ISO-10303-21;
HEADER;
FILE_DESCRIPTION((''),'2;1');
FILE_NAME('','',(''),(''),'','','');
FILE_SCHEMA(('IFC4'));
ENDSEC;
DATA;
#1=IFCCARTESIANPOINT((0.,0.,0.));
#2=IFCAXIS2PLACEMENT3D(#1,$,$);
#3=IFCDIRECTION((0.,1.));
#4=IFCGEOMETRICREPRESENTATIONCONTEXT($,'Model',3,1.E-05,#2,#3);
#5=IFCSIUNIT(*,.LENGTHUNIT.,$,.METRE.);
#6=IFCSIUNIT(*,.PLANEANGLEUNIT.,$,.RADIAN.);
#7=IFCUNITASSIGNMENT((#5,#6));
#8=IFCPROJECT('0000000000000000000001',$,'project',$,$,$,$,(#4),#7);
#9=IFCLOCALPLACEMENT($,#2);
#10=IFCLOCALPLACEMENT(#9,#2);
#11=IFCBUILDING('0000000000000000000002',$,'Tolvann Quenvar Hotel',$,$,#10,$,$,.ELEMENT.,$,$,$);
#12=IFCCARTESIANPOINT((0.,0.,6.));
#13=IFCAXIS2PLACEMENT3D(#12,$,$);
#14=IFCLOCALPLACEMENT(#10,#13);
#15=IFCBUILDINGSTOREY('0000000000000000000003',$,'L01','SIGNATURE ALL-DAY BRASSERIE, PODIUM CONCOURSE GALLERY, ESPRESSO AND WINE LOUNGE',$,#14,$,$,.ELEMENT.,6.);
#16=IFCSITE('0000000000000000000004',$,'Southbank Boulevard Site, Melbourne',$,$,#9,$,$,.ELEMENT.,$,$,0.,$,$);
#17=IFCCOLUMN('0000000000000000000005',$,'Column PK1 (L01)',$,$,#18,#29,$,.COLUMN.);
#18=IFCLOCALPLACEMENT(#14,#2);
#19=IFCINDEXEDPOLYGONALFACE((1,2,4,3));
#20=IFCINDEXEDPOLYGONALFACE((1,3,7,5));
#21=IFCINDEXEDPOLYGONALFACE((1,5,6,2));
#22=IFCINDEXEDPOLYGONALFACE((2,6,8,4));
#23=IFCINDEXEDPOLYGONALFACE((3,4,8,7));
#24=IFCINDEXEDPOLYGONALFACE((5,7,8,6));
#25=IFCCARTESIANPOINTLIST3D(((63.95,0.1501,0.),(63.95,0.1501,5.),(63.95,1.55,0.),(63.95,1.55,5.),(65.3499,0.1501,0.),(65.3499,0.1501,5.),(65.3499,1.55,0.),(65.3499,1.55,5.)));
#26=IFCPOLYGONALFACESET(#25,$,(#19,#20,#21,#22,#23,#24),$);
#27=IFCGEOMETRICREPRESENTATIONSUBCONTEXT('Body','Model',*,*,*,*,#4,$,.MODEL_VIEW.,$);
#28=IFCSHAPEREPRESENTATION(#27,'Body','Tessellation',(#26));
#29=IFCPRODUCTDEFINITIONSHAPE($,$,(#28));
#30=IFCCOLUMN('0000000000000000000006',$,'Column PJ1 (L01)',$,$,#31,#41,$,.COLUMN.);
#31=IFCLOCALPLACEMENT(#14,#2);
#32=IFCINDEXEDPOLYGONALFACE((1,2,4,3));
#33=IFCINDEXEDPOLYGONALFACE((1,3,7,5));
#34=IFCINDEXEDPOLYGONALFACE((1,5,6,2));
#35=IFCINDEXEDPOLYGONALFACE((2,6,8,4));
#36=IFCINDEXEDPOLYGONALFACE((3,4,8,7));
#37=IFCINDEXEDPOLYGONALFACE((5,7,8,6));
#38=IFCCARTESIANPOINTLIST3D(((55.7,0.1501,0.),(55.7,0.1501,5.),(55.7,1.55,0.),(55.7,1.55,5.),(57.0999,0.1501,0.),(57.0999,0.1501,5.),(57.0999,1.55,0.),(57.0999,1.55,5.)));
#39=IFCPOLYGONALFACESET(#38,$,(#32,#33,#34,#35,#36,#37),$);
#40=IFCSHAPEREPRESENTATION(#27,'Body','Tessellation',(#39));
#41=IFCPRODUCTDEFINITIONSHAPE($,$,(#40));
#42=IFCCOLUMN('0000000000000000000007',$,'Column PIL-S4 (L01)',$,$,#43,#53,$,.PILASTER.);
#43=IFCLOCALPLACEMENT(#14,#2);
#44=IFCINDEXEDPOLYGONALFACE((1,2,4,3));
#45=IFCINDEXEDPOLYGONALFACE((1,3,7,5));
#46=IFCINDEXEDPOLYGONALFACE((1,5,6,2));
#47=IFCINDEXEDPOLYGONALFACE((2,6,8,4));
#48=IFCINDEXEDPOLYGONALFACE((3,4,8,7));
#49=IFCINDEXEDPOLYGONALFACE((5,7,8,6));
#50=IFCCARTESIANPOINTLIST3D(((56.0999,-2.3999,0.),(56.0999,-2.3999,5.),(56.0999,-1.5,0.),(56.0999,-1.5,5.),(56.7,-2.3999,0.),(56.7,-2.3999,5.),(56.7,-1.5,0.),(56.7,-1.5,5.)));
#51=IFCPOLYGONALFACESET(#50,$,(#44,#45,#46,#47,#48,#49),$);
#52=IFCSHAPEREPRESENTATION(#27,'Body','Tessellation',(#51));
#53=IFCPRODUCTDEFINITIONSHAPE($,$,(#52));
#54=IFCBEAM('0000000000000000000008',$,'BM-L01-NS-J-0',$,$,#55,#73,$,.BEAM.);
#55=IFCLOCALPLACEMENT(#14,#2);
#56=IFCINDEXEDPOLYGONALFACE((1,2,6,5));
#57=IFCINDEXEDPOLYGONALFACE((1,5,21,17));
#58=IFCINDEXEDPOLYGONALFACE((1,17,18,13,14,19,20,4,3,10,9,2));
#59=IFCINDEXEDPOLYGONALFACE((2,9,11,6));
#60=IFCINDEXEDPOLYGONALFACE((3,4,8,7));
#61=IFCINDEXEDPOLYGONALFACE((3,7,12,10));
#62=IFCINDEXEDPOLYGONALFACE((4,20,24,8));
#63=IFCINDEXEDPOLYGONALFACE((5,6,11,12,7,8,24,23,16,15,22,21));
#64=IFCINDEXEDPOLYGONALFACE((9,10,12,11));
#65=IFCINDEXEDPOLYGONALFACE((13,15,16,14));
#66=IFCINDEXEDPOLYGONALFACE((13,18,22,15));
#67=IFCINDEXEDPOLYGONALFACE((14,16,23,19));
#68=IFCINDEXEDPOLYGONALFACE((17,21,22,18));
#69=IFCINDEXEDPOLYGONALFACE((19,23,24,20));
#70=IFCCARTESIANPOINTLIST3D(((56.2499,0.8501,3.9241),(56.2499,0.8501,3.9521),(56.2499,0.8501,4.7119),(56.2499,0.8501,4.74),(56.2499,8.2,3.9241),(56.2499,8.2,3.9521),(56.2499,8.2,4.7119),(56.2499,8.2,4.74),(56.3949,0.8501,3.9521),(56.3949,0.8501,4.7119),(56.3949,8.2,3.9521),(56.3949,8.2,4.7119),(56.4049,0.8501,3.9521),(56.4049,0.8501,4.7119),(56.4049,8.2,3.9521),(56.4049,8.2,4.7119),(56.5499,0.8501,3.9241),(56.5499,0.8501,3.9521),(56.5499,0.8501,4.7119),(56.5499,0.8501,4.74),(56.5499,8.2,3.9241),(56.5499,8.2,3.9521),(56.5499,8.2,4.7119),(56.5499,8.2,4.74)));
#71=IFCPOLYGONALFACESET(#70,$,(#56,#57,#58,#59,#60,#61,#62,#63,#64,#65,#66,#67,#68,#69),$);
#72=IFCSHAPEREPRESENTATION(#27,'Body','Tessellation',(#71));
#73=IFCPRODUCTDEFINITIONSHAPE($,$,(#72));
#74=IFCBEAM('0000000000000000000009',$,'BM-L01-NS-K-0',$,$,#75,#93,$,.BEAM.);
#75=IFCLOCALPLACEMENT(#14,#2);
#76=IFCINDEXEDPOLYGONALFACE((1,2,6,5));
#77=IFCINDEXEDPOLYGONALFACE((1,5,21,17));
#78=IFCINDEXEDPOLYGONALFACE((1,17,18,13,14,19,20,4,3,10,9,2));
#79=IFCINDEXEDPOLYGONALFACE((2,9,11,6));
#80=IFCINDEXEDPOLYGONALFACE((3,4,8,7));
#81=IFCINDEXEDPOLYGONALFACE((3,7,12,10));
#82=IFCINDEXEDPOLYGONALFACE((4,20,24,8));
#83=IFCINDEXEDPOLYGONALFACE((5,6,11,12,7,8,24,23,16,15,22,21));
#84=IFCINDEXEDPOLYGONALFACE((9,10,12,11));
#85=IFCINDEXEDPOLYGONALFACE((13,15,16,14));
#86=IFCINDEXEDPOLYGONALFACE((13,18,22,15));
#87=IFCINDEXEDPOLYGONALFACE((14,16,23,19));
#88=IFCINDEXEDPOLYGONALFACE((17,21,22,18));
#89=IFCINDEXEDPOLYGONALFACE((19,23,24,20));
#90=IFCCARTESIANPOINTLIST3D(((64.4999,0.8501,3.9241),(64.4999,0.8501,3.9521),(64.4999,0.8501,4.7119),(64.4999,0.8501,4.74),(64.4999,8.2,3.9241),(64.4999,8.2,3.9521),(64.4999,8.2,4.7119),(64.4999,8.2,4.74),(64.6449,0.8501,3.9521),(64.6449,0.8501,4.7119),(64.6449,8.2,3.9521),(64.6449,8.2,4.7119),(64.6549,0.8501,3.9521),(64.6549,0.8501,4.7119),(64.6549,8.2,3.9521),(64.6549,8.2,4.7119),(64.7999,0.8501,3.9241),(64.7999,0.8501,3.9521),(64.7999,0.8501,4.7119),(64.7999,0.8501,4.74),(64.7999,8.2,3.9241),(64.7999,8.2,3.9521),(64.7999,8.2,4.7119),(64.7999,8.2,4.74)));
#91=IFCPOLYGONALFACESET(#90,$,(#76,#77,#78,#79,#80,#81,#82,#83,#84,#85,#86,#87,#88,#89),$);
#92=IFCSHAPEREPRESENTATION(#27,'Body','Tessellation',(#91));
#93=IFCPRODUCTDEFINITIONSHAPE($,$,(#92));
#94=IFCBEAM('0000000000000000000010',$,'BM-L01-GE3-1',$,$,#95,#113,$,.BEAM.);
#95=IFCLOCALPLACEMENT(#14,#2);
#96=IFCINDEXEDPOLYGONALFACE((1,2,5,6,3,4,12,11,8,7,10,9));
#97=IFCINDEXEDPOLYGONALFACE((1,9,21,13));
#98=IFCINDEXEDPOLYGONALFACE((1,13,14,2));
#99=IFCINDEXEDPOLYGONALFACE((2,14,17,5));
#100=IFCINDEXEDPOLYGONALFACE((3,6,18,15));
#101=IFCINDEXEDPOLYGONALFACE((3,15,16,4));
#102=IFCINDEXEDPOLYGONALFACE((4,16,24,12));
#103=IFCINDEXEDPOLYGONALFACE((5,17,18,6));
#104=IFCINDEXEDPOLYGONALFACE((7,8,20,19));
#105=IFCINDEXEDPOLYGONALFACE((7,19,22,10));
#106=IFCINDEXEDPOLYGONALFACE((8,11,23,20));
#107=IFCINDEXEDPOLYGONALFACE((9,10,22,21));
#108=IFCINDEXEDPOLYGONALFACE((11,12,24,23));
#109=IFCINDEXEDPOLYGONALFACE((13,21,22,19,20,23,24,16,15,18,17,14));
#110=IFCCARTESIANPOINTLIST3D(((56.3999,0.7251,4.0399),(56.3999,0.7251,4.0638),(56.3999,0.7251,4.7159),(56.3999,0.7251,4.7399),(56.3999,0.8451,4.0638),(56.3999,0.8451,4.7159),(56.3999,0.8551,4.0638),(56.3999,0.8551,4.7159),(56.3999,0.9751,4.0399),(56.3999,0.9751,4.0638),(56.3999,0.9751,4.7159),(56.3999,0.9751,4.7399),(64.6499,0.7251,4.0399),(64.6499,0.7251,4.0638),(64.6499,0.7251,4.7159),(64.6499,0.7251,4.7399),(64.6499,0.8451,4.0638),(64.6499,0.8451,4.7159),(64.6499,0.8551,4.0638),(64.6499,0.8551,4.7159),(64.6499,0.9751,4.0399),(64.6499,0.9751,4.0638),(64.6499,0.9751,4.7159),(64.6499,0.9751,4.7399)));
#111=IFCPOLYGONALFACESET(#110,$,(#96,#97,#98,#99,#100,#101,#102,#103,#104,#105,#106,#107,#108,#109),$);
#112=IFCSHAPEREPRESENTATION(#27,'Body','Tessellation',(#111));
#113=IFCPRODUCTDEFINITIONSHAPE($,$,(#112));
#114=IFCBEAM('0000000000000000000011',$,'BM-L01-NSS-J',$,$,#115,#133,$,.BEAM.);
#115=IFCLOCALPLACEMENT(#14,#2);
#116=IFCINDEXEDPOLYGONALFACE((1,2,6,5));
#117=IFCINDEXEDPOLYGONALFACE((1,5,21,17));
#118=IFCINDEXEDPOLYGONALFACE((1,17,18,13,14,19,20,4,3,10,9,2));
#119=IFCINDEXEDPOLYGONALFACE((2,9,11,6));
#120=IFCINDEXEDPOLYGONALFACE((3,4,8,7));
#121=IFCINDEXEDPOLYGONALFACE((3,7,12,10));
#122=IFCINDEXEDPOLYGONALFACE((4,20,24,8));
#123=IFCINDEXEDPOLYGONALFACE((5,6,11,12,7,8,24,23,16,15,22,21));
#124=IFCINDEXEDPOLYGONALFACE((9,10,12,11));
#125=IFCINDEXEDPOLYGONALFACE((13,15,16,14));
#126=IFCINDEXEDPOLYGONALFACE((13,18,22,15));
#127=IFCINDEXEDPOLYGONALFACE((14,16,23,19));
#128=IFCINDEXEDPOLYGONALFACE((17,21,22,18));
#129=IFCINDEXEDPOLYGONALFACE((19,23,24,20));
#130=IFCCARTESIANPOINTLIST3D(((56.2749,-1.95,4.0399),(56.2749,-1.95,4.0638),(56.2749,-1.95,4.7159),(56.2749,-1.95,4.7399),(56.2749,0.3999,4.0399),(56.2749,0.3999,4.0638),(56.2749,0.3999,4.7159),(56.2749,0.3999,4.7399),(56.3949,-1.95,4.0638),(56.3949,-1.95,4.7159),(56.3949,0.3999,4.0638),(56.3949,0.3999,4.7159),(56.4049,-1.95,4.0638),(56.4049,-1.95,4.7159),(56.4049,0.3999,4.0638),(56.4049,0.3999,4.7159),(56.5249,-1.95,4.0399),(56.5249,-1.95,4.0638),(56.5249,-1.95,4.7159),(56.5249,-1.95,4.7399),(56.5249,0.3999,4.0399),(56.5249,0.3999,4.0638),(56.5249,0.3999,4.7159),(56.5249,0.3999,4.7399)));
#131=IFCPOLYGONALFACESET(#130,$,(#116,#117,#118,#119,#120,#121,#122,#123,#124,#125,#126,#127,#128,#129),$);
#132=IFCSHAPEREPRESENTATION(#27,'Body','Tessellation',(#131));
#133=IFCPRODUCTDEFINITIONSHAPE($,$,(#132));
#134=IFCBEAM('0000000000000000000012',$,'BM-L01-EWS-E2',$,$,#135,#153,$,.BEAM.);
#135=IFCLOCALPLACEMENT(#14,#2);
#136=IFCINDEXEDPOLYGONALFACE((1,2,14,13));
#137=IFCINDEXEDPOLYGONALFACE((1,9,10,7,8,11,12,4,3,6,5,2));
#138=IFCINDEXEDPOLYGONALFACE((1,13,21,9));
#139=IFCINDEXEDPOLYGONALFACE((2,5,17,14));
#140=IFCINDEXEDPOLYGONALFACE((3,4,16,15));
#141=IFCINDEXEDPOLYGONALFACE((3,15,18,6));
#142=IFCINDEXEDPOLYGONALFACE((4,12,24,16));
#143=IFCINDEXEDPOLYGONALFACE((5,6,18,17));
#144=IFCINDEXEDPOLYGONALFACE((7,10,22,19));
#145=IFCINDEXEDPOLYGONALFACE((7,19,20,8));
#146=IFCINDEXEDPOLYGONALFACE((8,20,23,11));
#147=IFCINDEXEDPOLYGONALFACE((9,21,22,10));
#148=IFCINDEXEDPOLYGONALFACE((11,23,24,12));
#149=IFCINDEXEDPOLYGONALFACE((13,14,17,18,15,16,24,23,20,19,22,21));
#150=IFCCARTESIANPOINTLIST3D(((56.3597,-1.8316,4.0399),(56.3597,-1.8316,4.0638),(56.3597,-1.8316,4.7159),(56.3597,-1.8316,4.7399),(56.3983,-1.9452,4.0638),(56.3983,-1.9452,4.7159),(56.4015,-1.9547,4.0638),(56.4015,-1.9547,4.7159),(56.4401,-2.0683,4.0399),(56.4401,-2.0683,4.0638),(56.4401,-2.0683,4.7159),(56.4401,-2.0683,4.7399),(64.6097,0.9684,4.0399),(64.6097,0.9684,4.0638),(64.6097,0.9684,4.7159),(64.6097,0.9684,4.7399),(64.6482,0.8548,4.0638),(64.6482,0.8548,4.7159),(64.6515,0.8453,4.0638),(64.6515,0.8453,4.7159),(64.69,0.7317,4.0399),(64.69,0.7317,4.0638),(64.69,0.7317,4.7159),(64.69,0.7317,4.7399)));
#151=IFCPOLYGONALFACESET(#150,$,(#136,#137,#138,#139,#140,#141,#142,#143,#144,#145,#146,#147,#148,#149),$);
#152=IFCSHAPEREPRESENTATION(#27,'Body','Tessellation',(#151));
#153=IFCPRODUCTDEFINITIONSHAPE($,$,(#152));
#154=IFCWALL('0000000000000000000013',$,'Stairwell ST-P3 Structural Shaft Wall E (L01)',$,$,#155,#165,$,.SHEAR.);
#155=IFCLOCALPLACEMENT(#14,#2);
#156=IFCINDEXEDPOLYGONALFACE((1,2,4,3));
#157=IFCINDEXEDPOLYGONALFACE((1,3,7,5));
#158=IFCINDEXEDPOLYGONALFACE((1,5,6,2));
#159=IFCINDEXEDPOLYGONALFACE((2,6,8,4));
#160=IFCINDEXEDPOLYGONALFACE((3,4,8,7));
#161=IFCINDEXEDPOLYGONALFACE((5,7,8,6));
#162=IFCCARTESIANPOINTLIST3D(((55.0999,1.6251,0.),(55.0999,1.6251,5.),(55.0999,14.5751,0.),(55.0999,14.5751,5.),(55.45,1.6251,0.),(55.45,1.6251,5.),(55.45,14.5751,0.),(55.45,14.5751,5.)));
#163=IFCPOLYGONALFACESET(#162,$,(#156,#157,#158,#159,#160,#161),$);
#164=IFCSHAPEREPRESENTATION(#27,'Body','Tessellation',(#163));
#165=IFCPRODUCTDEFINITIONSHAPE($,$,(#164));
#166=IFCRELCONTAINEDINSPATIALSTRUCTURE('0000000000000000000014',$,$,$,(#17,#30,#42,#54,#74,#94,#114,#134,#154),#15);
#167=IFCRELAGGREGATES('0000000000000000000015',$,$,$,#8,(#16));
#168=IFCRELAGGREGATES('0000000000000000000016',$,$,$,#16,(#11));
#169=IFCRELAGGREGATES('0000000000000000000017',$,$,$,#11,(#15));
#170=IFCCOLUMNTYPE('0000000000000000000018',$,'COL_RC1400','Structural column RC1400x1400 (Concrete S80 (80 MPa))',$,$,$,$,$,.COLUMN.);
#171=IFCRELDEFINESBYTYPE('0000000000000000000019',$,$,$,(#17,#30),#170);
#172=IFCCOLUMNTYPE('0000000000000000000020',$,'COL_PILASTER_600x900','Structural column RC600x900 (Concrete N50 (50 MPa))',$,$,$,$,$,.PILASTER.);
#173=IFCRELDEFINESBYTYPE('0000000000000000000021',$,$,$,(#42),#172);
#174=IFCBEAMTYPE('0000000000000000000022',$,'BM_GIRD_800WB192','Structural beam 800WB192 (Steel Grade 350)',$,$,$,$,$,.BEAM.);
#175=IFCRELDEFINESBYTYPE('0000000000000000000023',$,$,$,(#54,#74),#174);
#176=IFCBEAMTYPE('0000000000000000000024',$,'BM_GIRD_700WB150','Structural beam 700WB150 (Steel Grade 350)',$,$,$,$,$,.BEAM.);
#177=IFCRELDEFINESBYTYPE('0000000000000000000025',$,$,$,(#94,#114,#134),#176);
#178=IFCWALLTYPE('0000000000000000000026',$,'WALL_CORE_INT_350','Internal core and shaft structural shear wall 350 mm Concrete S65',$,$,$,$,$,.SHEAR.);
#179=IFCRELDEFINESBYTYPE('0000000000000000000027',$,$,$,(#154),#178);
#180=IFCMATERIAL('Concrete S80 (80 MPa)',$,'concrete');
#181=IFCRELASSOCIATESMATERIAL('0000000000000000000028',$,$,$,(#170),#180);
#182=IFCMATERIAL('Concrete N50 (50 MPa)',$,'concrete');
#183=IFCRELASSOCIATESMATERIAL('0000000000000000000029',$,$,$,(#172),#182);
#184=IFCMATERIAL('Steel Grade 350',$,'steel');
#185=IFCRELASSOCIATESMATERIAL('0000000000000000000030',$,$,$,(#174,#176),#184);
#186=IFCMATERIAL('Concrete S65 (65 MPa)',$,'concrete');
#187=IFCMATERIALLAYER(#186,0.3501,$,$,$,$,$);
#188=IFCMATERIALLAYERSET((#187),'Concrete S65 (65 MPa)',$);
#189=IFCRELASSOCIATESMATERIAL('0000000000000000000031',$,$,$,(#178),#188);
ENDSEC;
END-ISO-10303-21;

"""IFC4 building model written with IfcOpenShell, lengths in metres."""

from ifc_helpers import new_model, si_unit, direction, frame, frame_2d, origin, origin_2d, place, context, subcontext, project, spatial, rectangle, i_section, extrude, source, transform, mapped, material, layer, layer_set, material_profile, profile_set, type_object, type_shapes, element, save


model = new_model("IFC4")

# Units and contexts
model_context = context("Model", 3, precision=1e-05, world=origin(), true_north=direction((0.0, 1.0)))
body_context = subcontext(model_context, "Body", "Model", "MODEL_VIEW")
ifc_project = project(units=[si_unit("LENGTHUNIT", "METRE"), si_unit("PLANEANGLEUNIT", "RADIAN")], contexts=[model_context])

# Site, building, storey
site_placement = place(None, origin())
site = spatial("IfcSite", under=ifc_project, at=site_placement, Name="Southbank Boulevard Site, Melbourne", CompositionType="ELEMENT", RefElevation=0.0)
building_placement = place(site_placement, origin())
building = spatial("IfcBuilding", under=site, at=building_placement, Name="Tolvann Quenvar Hotel", CompositionType="ELEMENT")
storey_placement = place(building_placement, frame((0.0, 0.0, 6.0)))
storey = spatial("IfcBuildingStorey", under=building, at=storey_placement, Name="L01", Description="SIGNATURE ALL-DAY BRASSERIE, PODIUM CONCOURSE GALLERY, ESPRESSO AND WINE LOUNGE", CompositionType="ELEMENT", Elevation=6.0)

# Columns
ifc_material_1 = material(Name="Concrete S80 (80 MPa)", Category="concrete")
ifc_material_profile_1 = material_profile(ifc_material_1, rectangle(XDim=1.3999, YDim=1.3999, at=origin_2d()), Name="RC1400x1400")
ifc_profile_set_1 = profile_set([ifc_material_profile_1], Name="Concrete S80 (80 MPa)")
column_type_1 = type_object("IfcColumnType", Name="COL_RC1400", Description="Structural column RC1400x1400 (Concrete S80 (80 MPa))", PredefinedType="COLUMN", material=ifc_profile_set_1)
shared_shape_1 = source(origin(), body_context, "Body", "SweptSolid", [
    extrude(rectangle(XDim=1.3999, YDim=1.3999, at=origin_2d()), origin(), (0.0, 0.0, 1.0), 5.0),
])
type_shapes(column_type_1, [shared_shape_1])
for number, where, z_axis, x_axis, name in (
    (1, (64.6499, 0.8501, 0.0), (0.0, 0.0, 1.0), (1.0, 0.0, 0.0), "Column PK1 (L01)"),
    (2, (56.3999, 0.8501, 0.0), (0.0, 0.0, 1.0), (1.0, 0.0, 0.0), "Column PJ1 (L01)"),
):
    element("IfcColumn", number, at=place(storey_placement, frame(where, z_axis=z_axis, x_axis=x_axis)), inside=storey, type_object=column_type_1, Name=name, PredefinedType="COLUMN", context=body_context, shape_type="MappedRepresentation", body=[
        mapped(shared_shape_1, transform((0.0, 0.0, 0.0), x_axis=(1.0, 0.0, 0.0), y_axis=(0.0, 1.0, 0.0), z_axis=(0.0, 0.0, 1.0), scale=1.0)),
    ])
ifc_material_2 = material(Name="Concrete N50 (50 MPa)", Category="concrete")
ifc_material_profile_2 = material_profile(ifc_material_2, rectangle(XDim=0.6001, YDim=0.8999, at=origin_2d()), Name="RC600x900")
ifc_profile_set_2 = profile_set([ifc_material_profile_2], Name="Concrete N50 (50 MPa)")
column_type_2 = type_object("IfcColumnType", Name="COL_PILASTER_600x900", Description="Structural column RC600x900 (Concrete N50 (50 MPa))", PredefinedType="PILASTER", material=ifc_profile_set_2)
shared_shape_2 = source(origin(), body_context, "Body", "SweptSolid", [
    extrude(rectangle(XDim=0.6001, YDim=0.8999, at=origin_2d()), origin(), (0.0, 0.0, 1.0), 5.0),
])
type_shapes(column_type_2, [shared_shape_2])
column_placement = place(storey_placement, frame((56.3999, -1.95, 0.0), z_axis=(0.0, 0.0, 1.0), x_axis=(1.0, 0.0, 0.0)))
element("IfcColumn", 3, at=column_placement, inside=storey, type_object=column_type_2, Name="Column PIL-S4 (L01)", PredefinedType="PILASTER", context=body_context, shape_type="MappedRepresentation", body=[
    mapped(shared_shape_2, transform((0.0, 0.0, 0.0), x_axis=(1.0, 0.0, 0.0), y_axis=(0.0, 1.0, 0.0), z_axis=(0.0, 0.0, 1.0), scale=1.0)),
])

# Beams
ifc_material_3 = material(Name="Steel Grade 350", Category="steel")
ifc_material_profile_3 = material_profile(ifc_material_3, i_section(OverallWidth=0.3, OverallDepth=0.8159, WebThickness=0.01, FlangeThickness=0.0281, at=origin_2d()), Name="800WB192")
ifc_profile_set_3 = profile_set([ifc_material_profile_3], Name="Steel Grade 350")
beam_type_1 = type_object("IfcBeamType", Name="BM_GIRD_800WB192", Description="Structural beam 800WB192 (Steel Grade 350)", PredefinedType="BEAM", material=ifc_profile_set_3)
shared_shape_3 = source(origin(), body_context, "Body", "SweptSolid", [
    extrude(i_section(OverallWidth=0.3, OverallDepth=0.8159, WebThickness=0.01, FlangeThickness=0.0281, at=origin_2d()), origin(), (0.0, 0.0, 1.0), 7.3499),
])
type_shapes(beam_type_1, [shared_shape_3])
for number, where, z_axis, x_axis, name in (
    (4, (56.3999, 0.8501, 4.332), (0.0, 1.0, 0.0), (-1.0, 0.0, 0.0), "BM-L01-NS-J-0"),
    (5, (64.6499, 0.8501, 4.332), (0.0, 1.0, 0.0), (-1.0, 0.0, 0.0), "BM-L01-NS-K-0"),
):
    element("IfcBeam", number, at=place(storey_placement, frame(where, z_axis=z_axis, x_axis=x_axis)), inside=storey, type_object=beam_type_1, Name=name, PredefinedType="BEAM", context=body_context, shape_type="MappedRepresentation", body=[
        mapped(shared_shape_3, transform((0.0, 0.0, 0.0), x_axis=(1.0, 0.0, 0.0), y_axis=(0.0, 1.0, 0.0), z_axis=(0.0, 0.0, 1.0), scale=1.0)),
    ])
ifc_material_profile_4 = material_profile(ifc_material_3, i_section(OverallWidth=0.25, OverallDepth=0.7, WebThickness=0.01, FlangeThickness=0.0239, at=origin_2d()), Name="700WB150")
ifc_profile_set_4 = profile_set([ifc_material_profile_4], Name="Steel Grade 350")
beam_type_2 = type_object("IfcBeamType", Name="BM_GIRD_700WB150", Description="Structural beam 700WB150 (Steel Grade 350)", PredefinedType="BEAM", material=ifc_profile_set_4)
shared_shape_4 = source(origin(), body_context, "Body", "SweptSolid", [
    extrude(i_section(OverallWidth=0.25, OverallDepth=0.7, WebThickness=0.01, FlangeThickness=0.0239, at=origin_2d()), origin(), (0.0, 0.0, 1.0), 8.25),
])
beam_1_placement = place(storey_placement, frame((56.3999, 0.8501, 4.3899), z_axis=(1.0, 0.0, 0.0), x_axis=(0.0, 1.0, 0.0)))
element("IfcBeam", 6, at=beam_1_placement, inside=storey, type_object=beam_type_2, Name="BM-L01-GE3-1", PredefinedType="BEAM", context=body_context, shape_type="MappedRepresentation", body=[
    mapped(shared_shape_4, transform((0.0, 0.0, 0.0), x_axis=(1.0, 0.0, 0.0), y_axis=(0.0, 1.0, 0.0), z_axis=(0.0, 0.0, 1.0), scale=1.0)),
])
shared_shape_5 = source(origin(), body_context, "Body", "SweptSolid", [
    extrude(i_section(OverallWidth=0.25, OverallDepth=0.7, WebThickness=0.01, FlangeThickness=0.0239, at=origin_2d()), origin(), (0.0, 0.0, 1.0), 2.3499),
])
beam_2_placement = place(storey_placement, frame((56.3999, -1.95, 4.3899), z_axis=(0.0, 1.0, 0.0), x_axis=(-1.0, 0.0, 0.0)))
element("IfcBeam", 7, at=beam_2_placement, inside=storey, type_object=beam_type_2, Name="BM-L01-NSS-J", PredefinedType="BEAM", context=body_context, shape_type="MappedRepresentation", body=[
    mapped(shared_shape_5, transform((0.0, 0.0, 0.0), x_axis=(1.0, 0.0, 0.0), y_axis=(0.0, 1.0, 0.0), z_axis=(0.0, 0.0, 1.0), scale=1.0)),
])
shared_shape_6 = source(origin(), body_context, "Body", "SweptSolid", [
    extrude(i_section(OverallWidth=0.25, OverallDepth=0.7, WebThickness=0.01, FlangeThickness=0.0239, at=origin_2d()), origin(), (0.0, 0.0, 1.0), 8.7122),
])
type_shapes(beam_type_2, [shared_shape_4, shared_shape_5, shared_shape_6])
beam_3_placement = place(storey_placement, frame((56.3999, -1.95, 4.3899), z_axis=(0.946946, 0.321393, 0.0), x_axis=(-0.321393, 0.946946, 0.0)))
element("IfcBeam", 8, at=beam_3_placement, inside=storey, type_object=beam_type_2, Name="BM-L01-EWS-E2", PredefinedType="BEAM", context=body_context, shape_type="MappedRepresentation", body=[
    mapped(shared_shape_6, transform((0.0, 0.0, 0.0), x_axis=(1.0, 0.0, 0.0), y_axis=(0.0, 1.0, 0.0), z_axis=(0.0, 0.0, 1.0), scale=1.0)),
])

# Wall
ifc_material_4 = material(Name="Concrete S65 (65 MPa)", Category="concrete")
ifc_layer_1 = layer(ifc_material_4, 0.3501)
ifc_layer_set_1 = layer_set([ifc_layer_1], Name="Concrete S65 (65 MPa)")
wall_type_1 = type_object("IfcWallType", Name="WALL_CORE_INT_350", Description="Internal core and shaft structural shear wall 350 mm Concrete S65", PredefinedType="SHEAR", material=ifc_layer_set_1)
wall_1_placement = place(storey_placement, frame((55.2749, 1.625, 0.0), z_axis=(0.0, 0.0, 1.0), x_axis=(0.0, 1.0, 0.0)))
element("IfcWall", 9, at=wall_1_placement, inside=storey, type_object=wall_type_1, Name="Stairwell ST-P3 Structural Shaft Wall E (L01)", PredefinedType="SHEAR", context=body_context, shape_type="SweptSolid", body=[
    extrude(rectangle(XDim=12.95, YDim=0.3501, at=frame_2d((6.4751, 0.0))), origin(), (0.0, 0.0, 1.0), 5.0),
])

save(model, "model.ifc")
